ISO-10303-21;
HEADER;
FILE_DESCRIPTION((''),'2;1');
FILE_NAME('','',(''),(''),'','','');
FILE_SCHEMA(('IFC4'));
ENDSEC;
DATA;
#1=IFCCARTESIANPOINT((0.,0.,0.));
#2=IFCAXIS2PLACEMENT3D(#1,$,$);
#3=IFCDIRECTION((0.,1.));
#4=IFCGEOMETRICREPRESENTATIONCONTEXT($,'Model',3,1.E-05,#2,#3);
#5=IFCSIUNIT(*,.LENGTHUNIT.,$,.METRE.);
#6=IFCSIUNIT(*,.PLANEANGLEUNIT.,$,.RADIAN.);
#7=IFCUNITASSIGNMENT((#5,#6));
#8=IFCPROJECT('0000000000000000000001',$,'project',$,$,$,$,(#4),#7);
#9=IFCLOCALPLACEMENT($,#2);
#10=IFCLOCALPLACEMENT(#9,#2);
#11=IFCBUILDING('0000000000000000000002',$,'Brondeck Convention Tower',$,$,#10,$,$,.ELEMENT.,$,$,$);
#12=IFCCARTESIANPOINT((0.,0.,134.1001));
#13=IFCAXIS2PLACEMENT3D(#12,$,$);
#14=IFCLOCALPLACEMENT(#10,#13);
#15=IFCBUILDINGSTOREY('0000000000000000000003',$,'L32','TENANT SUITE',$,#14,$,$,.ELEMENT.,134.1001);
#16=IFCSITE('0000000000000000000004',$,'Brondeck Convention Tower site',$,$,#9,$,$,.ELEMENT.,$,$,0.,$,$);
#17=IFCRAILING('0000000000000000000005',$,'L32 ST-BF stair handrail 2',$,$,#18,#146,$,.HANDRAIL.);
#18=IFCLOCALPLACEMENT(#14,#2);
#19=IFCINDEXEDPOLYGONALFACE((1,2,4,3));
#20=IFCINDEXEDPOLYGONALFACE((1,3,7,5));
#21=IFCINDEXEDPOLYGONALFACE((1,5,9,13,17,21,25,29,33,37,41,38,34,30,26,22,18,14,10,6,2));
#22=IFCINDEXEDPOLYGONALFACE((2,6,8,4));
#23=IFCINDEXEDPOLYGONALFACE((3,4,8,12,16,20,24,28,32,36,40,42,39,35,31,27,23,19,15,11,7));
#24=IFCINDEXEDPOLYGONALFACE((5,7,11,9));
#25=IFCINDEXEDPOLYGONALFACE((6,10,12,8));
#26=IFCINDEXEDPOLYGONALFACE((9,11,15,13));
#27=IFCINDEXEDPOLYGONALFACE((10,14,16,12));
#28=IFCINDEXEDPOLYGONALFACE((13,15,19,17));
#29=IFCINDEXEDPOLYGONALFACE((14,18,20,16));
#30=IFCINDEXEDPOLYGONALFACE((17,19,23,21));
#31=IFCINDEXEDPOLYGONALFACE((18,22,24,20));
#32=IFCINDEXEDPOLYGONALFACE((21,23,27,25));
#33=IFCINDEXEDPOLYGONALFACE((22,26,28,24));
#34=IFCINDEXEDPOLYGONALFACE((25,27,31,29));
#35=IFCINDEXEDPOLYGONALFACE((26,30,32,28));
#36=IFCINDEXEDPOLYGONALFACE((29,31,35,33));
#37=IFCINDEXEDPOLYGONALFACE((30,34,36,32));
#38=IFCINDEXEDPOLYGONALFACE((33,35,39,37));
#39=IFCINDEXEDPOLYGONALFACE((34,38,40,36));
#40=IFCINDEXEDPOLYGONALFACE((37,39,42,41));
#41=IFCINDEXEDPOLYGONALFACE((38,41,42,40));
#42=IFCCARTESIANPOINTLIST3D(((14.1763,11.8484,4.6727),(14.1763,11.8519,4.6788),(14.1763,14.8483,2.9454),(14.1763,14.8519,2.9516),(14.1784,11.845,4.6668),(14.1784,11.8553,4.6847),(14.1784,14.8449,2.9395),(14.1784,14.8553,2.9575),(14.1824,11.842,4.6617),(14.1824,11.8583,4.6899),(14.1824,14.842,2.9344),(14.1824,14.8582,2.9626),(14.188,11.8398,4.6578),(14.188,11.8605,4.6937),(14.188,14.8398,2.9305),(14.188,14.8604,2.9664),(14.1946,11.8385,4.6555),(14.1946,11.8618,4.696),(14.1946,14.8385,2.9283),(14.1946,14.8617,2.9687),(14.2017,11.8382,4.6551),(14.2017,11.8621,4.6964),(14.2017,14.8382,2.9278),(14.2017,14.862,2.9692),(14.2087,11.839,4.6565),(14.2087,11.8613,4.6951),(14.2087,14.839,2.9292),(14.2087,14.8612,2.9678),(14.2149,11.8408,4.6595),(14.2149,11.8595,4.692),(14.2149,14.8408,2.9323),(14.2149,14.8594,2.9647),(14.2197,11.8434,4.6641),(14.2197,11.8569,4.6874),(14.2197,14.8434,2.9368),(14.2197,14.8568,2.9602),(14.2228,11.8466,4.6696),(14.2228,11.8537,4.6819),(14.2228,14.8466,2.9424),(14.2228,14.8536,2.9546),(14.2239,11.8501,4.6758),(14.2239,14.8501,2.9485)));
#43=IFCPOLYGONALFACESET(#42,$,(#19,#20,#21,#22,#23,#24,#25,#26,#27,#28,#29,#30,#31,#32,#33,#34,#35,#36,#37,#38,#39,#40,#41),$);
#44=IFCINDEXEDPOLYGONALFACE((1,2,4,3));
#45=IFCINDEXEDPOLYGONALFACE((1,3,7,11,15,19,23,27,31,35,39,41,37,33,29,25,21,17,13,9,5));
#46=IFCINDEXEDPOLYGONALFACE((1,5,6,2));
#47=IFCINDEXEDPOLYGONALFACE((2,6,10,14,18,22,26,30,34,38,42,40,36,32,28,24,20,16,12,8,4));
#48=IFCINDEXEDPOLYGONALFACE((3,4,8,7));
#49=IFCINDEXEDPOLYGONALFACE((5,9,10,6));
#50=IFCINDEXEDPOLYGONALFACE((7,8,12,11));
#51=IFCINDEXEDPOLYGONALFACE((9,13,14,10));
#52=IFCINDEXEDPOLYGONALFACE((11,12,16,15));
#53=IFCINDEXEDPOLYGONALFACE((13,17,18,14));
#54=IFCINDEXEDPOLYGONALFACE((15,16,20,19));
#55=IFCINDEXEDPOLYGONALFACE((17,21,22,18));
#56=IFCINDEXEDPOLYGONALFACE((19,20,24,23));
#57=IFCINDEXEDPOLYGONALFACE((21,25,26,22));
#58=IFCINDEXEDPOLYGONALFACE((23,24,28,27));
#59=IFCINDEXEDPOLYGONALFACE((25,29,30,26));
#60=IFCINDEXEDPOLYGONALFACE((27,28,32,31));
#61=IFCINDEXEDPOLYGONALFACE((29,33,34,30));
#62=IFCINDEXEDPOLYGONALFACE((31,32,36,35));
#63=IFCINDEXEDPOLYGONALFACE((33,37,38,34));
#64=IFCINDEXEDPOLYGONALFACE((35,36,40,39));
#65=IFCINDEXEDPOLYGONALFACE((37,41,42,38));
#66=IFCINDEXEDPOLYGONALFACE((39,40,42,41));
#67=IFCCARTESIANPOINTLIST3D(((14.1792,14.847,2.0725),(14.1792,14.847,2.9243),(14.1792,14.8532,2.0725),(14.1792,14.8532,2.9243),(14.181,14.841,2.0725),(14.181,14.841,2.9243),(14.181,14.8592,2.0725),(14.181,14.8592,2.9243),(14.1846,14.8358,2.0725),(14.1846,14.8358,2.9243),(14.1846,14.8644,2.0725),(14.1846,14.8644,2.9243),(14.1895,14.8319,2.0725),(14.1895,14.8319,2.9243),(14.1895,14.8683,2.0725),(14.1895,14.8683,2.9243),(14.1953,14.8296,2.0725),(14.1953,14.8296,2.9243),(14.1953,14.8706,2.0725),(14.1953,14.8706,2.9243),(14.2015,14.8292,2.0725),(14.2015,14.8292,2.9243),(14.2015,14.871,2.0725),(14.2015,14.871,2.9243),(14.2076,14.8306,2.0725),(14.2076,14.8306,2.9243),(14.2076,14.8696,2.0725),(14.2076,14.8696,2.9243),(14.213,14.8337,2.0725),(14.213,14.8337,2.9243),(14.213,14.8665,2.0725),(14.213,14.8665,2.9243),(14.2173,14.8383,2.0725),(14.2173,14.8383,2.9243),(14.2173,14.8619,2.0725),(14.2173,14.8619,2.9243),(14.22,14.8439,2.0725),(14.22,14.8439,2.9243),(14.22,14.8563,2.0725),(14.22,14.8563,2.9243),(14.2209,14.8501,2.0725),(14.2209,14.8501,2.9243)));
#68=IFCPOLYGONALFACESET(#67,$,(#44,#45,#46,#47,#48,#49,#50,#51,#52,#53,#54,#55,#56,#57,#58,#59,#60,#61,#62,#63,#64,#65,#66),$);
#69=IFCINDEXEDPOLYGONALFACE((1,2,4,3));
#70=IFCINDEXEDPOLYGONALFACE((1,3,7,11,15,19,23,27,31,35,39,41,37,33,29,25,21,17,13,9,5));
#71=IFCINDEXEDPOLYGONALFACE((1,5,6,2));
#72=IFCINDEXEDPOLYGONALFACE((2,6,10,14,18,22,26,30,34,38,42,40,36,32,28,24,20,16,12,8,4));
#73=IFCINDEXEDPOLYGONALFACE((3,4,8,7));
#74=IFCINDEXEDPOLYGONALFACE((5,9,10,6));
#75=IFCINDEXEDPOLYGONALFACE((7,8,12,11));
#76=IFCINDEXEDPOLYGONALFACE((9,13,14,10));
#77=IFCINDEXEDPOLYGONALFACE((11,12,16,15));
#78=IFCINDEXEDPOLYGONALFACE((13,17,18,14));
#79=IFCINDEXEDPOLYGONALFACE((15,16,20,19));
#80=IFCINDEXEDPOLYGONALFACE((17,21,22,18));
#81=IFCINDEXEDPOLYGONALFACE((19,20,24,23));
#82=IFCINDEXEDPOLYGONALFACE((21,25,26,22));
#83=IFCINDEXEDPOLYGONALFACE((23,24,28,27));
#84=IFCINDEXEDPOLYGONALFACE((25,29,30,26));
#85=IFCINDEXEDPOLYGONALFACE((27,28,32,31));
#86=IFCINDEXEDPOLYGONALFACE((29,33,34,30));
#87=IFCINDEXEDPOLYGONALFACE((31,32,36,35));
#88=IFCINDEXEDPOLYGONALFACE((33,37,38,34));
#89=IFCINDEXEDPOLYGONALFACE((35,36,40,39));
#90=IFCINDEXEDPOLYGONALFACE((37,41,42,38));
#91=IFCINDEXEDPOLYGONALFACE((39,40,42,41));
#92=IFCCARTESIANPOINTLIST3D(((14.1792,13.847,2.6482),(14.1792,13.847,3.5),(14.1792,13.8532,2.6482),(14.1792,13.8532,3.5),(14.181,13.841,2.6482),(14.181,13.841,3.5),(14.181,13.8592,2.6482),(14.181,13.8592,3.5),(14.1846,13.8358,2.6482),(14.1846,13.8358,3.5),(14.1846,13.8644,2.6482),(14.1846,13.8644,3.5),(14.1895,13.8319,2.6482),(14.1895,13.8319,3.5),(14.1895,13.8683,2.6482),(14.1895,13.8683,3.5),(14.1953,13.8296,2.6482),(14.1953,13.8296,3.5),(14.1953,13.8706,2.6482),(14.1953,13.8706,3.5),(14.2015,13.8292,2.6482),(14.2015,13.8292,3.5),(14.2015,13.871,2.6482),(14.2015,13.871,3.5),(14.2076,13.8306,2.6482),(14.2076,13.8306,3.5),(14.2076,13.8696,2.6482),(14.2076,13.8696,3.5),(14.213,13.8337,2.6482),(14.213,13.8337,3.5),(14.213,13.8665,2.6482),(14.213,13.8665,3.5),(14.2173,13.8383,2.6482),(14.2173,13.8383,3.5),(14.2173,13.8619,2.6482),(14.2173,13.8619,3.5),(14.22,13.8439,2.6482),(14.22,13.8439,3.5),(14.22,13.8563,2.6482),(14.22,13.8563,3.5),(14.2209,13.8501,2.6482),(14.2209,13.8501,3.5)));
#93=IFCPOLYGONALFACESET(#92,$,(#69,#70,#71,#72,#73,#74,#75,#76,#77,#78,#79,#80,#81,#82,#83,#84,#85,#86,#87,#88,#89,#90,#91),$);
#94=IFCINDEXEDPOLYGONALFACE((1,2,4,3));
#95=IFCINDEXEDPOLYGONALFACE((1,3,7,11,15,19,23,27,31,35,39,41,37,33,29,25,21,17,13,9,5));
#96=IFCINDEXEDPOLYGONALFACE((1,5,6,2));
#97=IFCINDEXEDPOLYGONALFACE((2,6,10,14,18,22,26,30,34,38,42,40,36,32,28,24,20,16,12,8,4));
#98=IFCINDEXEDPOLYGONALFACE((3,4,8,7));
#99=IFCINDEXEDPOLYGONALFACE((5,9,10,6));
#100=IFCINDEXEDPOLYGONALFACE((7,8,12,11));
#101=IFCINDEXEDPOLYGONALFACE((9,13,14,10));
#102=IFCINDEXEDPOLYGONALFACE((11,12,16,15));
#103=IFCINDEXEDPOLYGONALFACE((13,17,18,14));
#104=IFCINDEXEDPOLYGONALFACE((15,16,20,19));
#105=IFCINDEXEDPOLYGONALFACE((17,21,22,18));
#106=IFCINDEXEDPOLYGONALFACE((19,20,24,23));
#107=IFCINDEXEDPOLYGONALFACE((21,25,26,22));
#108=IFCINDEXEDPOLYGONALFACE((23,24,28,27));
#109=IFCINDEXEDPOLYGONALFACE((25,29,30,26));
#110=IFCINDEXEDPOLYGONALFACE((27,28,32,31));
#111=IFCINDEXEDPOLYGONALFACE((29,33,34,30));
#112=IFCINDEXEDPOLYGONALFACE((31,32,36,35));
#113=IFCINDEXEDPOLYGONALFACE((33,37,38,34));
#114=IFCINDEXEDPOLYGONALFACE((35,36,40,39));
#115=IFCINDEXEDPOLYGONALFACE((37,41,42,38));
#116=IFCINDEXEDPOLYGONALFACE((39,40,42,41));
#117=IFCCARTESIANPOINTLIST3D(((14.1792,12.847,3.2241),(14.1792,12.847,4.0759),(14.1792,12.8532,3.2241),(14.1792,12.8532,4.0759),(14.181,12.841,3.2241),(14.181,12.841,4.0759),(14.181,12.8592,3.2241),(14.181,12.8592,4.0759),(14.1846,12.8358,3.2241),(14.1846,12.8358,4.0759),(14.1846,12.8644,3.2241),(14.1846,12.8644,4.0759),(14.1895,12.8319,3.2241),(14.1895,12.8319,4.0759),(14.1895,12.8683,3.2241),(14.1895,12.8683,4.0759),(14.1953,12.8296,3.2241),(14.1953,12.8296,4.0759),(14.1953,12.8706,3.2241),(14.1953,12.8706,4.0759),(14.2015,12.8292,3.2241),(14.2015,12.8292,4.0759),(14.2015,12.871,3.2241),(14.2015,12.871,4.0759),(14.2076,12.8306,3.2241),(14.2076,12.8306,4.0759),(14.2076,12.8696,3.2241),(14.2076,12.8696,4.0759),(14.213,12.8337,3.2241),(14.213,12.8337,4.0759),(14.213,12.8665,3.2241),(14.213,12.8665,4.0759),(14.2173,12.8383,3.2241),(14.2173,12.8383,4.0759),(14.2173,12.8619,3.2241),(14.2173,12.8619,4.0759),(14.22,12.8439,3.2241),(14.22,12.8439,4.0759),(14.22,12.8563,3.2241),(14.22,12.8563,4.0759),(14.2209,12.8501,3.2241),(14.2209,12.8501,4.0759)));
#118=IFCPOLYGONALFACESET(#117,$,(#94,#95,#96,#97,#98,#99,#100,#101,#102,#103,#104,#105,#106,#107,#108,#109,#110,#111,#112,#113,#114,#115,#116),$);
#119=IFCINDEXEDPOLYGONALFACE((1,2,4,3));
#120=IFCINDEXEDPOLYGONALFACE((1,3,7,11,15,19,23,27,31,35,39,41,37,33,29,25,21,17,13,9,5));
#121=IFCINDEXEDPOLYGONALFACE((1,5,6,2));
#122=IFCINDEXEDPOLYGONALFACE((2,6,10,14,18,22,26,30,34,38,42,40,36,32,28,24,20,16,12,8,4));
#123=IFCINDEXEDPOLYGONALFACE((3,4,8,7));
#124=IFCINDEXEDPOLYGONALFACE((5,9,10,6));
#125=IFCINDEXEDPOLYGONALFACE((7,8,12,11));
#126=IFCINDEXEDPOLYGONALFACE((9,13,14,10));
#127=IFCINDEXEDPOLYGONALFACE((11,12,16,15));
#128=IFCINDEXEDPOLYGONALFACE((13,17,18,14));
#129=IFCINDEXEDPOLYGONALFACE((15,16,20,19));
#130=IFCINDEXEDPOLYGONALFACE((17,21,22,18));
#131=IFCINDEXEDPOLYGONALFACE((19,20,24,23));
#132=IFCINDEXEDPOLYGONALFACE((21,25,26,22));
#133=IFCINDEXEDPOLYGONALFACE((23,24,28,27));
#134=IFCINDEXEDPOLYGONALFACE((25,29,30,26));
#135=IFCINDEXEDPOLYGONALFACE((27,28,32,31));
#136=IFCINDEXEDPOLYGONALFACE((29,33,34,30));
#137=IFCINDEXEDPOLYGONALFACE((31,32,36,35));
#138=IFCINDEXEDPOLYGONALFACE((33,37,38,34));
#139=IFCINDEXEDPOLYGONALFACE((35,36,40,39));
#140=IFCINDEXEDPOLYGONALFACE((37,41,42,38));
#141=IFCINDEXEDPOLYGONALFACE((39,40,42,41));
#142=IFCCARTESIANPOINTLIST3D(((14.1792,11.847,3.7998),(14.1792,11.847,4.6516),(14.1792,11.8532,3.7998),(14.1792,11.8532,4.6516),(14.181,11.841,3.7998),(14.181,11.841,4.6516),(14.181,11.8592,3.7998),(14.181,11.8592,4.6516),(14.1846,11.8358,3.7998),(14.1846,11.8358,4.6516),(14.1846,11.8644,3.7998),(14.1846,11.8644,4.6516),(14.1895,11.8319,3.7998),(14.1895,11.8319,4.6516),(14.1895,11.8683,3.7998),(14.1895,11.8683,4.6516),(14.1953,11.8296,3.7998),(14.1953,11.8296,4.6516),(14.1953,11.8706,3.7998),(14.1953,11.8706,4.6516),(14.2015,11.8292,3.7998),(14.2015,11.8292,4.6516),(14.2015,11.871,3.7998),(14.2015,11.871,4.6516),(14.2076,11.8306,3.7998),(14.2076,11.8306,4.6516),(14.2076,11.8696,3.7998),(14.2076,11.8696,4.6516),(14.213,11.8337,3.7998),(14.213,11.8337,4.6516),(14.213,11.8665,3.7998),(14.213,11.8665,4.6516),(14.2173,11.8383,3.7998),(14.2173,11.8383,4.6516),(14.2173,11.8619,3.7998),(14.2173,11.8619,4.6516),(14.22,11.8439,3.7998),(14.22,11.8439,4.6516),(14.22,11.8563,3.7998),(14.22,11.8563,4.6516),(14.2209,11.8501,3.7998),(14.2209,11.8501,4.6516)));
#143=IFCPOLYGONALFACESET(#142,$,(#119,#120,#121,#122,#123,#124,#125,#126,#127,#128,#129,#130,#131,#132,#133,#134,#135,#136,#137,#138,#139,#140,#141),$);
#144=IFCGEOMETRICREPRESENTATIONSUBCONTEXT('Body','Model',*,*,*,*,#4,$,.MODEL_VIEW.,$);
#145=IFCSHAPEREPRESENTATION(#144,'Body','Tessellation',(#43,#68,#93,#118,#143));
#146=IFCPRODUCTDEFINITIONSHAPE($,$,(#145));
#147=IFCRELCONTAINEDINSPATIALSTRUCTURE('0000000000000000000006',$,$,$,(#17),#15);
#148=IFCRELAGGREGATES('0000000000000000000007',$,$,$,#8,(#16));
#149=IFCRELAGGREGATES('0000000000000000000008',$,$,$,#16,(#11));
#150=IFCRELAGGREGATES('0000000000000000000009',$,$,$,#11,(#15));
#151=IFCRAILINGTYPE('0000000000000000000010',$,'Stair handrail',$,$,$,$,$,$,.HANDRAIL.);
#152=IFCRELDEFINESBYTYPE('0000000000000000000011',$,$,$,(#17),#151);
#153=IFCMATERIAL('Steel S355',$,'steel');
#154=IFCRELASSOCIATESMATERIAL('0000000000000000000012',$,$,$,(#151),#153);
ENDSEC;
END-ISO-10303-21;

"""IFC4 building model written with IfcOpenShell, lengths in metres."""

from ifc_helpers import new_model, si_unit, direction, frame, origin, origin_2d, place, context, subcontext, project, spatial, circle, extrude, material, type_object, element, save


model = new_model("IFC4")

# Units and contexts
model_context = context("Model", 3, precision=1e-05, world=origin(), true_north=direction((0.0, 1.0)))
body_context = subcontext(model_context, "Body", "Model", "MODEL_VIEW")
ifc_project = project(units=[si_unit("LENGTHUNIT", "METRE"), si_unit("PLANEANGLEUNIT", "RADIAN")], contexts=[model_context])

# Site, building, storey
site_placement = place(None, origin())
site = spatial("IfcSite", under=ifc_project, at=site_placement, Name="Brondeck Convention Tower site", CompositionType="ELEMENT", RefElevation=0.0)
building_placement = place(site_placement, origin())
building = spatial("IfcBuilding", under=site, at=building_placement, Name="Brondeck Convention Tower", CompositionType="ELEMENT")
storey_placement = place(building_placement, frame((0.0, 0.0, 134.1001)))
storey = spatial("IfcBuildingStorey", under=building, at=storey_placement, Name="L32", Description="TENANT SUITE", CompositionType="ELEMENT", Elevation=134.1001)

# Shared definitions
ifc_material_1 = material(Name="Steel S355", Category="steel")

# Railing
railing_type_1 = type_object("IfcRailingType", Name="Stair handrail", PredefinedType="HANDRAIL", material=ifc_material_1)
railing_1_placement = place(storey_placement, frame((14.2, 14.8501, 2.0725)))
element("IfcRailing", 1, at=railing_1_placement, inside=storey, type_object=railing_type_1, Name="L32 ST-BF stair handrail 2", PredefinedType="HANDRAIL", context=body_context, shape_type="SweptSolid", body=[
    extrude(circle(Radius=0.0239, at=origin_2d()), frame((0.0, 0.0, 0.876), z_axis=(0.0, -0.86662, 0.498969), x_axis=(1.0, 0.0, 0.0)), (0.0, 0.0, 1.0), 3.4617),
    extrude(circle(Radius=0.021, at=origin_2d()), origin(), (0.0, 0.0, 1.0), 0.8518),
    extrude(circle(Radius=0.021, at=origin_2d()), frame((0.0, -1.0, 0.5757)), (0.0, 0.0, 1.0), 0.8518),
    extrude(circle(Radius=0.021, at=origin_2d()), frame((0.0, -2.0, 1.1516)), (0.0, 0.0, 1.0), 0.8518),
    extrude(circle(Radius=0.021, at=origin_2d()), frame((0.0, -3.0, 1.7273)), (0.0, 0.0, 1.0), 0.8518),
])

save(model, "model.ifc")
